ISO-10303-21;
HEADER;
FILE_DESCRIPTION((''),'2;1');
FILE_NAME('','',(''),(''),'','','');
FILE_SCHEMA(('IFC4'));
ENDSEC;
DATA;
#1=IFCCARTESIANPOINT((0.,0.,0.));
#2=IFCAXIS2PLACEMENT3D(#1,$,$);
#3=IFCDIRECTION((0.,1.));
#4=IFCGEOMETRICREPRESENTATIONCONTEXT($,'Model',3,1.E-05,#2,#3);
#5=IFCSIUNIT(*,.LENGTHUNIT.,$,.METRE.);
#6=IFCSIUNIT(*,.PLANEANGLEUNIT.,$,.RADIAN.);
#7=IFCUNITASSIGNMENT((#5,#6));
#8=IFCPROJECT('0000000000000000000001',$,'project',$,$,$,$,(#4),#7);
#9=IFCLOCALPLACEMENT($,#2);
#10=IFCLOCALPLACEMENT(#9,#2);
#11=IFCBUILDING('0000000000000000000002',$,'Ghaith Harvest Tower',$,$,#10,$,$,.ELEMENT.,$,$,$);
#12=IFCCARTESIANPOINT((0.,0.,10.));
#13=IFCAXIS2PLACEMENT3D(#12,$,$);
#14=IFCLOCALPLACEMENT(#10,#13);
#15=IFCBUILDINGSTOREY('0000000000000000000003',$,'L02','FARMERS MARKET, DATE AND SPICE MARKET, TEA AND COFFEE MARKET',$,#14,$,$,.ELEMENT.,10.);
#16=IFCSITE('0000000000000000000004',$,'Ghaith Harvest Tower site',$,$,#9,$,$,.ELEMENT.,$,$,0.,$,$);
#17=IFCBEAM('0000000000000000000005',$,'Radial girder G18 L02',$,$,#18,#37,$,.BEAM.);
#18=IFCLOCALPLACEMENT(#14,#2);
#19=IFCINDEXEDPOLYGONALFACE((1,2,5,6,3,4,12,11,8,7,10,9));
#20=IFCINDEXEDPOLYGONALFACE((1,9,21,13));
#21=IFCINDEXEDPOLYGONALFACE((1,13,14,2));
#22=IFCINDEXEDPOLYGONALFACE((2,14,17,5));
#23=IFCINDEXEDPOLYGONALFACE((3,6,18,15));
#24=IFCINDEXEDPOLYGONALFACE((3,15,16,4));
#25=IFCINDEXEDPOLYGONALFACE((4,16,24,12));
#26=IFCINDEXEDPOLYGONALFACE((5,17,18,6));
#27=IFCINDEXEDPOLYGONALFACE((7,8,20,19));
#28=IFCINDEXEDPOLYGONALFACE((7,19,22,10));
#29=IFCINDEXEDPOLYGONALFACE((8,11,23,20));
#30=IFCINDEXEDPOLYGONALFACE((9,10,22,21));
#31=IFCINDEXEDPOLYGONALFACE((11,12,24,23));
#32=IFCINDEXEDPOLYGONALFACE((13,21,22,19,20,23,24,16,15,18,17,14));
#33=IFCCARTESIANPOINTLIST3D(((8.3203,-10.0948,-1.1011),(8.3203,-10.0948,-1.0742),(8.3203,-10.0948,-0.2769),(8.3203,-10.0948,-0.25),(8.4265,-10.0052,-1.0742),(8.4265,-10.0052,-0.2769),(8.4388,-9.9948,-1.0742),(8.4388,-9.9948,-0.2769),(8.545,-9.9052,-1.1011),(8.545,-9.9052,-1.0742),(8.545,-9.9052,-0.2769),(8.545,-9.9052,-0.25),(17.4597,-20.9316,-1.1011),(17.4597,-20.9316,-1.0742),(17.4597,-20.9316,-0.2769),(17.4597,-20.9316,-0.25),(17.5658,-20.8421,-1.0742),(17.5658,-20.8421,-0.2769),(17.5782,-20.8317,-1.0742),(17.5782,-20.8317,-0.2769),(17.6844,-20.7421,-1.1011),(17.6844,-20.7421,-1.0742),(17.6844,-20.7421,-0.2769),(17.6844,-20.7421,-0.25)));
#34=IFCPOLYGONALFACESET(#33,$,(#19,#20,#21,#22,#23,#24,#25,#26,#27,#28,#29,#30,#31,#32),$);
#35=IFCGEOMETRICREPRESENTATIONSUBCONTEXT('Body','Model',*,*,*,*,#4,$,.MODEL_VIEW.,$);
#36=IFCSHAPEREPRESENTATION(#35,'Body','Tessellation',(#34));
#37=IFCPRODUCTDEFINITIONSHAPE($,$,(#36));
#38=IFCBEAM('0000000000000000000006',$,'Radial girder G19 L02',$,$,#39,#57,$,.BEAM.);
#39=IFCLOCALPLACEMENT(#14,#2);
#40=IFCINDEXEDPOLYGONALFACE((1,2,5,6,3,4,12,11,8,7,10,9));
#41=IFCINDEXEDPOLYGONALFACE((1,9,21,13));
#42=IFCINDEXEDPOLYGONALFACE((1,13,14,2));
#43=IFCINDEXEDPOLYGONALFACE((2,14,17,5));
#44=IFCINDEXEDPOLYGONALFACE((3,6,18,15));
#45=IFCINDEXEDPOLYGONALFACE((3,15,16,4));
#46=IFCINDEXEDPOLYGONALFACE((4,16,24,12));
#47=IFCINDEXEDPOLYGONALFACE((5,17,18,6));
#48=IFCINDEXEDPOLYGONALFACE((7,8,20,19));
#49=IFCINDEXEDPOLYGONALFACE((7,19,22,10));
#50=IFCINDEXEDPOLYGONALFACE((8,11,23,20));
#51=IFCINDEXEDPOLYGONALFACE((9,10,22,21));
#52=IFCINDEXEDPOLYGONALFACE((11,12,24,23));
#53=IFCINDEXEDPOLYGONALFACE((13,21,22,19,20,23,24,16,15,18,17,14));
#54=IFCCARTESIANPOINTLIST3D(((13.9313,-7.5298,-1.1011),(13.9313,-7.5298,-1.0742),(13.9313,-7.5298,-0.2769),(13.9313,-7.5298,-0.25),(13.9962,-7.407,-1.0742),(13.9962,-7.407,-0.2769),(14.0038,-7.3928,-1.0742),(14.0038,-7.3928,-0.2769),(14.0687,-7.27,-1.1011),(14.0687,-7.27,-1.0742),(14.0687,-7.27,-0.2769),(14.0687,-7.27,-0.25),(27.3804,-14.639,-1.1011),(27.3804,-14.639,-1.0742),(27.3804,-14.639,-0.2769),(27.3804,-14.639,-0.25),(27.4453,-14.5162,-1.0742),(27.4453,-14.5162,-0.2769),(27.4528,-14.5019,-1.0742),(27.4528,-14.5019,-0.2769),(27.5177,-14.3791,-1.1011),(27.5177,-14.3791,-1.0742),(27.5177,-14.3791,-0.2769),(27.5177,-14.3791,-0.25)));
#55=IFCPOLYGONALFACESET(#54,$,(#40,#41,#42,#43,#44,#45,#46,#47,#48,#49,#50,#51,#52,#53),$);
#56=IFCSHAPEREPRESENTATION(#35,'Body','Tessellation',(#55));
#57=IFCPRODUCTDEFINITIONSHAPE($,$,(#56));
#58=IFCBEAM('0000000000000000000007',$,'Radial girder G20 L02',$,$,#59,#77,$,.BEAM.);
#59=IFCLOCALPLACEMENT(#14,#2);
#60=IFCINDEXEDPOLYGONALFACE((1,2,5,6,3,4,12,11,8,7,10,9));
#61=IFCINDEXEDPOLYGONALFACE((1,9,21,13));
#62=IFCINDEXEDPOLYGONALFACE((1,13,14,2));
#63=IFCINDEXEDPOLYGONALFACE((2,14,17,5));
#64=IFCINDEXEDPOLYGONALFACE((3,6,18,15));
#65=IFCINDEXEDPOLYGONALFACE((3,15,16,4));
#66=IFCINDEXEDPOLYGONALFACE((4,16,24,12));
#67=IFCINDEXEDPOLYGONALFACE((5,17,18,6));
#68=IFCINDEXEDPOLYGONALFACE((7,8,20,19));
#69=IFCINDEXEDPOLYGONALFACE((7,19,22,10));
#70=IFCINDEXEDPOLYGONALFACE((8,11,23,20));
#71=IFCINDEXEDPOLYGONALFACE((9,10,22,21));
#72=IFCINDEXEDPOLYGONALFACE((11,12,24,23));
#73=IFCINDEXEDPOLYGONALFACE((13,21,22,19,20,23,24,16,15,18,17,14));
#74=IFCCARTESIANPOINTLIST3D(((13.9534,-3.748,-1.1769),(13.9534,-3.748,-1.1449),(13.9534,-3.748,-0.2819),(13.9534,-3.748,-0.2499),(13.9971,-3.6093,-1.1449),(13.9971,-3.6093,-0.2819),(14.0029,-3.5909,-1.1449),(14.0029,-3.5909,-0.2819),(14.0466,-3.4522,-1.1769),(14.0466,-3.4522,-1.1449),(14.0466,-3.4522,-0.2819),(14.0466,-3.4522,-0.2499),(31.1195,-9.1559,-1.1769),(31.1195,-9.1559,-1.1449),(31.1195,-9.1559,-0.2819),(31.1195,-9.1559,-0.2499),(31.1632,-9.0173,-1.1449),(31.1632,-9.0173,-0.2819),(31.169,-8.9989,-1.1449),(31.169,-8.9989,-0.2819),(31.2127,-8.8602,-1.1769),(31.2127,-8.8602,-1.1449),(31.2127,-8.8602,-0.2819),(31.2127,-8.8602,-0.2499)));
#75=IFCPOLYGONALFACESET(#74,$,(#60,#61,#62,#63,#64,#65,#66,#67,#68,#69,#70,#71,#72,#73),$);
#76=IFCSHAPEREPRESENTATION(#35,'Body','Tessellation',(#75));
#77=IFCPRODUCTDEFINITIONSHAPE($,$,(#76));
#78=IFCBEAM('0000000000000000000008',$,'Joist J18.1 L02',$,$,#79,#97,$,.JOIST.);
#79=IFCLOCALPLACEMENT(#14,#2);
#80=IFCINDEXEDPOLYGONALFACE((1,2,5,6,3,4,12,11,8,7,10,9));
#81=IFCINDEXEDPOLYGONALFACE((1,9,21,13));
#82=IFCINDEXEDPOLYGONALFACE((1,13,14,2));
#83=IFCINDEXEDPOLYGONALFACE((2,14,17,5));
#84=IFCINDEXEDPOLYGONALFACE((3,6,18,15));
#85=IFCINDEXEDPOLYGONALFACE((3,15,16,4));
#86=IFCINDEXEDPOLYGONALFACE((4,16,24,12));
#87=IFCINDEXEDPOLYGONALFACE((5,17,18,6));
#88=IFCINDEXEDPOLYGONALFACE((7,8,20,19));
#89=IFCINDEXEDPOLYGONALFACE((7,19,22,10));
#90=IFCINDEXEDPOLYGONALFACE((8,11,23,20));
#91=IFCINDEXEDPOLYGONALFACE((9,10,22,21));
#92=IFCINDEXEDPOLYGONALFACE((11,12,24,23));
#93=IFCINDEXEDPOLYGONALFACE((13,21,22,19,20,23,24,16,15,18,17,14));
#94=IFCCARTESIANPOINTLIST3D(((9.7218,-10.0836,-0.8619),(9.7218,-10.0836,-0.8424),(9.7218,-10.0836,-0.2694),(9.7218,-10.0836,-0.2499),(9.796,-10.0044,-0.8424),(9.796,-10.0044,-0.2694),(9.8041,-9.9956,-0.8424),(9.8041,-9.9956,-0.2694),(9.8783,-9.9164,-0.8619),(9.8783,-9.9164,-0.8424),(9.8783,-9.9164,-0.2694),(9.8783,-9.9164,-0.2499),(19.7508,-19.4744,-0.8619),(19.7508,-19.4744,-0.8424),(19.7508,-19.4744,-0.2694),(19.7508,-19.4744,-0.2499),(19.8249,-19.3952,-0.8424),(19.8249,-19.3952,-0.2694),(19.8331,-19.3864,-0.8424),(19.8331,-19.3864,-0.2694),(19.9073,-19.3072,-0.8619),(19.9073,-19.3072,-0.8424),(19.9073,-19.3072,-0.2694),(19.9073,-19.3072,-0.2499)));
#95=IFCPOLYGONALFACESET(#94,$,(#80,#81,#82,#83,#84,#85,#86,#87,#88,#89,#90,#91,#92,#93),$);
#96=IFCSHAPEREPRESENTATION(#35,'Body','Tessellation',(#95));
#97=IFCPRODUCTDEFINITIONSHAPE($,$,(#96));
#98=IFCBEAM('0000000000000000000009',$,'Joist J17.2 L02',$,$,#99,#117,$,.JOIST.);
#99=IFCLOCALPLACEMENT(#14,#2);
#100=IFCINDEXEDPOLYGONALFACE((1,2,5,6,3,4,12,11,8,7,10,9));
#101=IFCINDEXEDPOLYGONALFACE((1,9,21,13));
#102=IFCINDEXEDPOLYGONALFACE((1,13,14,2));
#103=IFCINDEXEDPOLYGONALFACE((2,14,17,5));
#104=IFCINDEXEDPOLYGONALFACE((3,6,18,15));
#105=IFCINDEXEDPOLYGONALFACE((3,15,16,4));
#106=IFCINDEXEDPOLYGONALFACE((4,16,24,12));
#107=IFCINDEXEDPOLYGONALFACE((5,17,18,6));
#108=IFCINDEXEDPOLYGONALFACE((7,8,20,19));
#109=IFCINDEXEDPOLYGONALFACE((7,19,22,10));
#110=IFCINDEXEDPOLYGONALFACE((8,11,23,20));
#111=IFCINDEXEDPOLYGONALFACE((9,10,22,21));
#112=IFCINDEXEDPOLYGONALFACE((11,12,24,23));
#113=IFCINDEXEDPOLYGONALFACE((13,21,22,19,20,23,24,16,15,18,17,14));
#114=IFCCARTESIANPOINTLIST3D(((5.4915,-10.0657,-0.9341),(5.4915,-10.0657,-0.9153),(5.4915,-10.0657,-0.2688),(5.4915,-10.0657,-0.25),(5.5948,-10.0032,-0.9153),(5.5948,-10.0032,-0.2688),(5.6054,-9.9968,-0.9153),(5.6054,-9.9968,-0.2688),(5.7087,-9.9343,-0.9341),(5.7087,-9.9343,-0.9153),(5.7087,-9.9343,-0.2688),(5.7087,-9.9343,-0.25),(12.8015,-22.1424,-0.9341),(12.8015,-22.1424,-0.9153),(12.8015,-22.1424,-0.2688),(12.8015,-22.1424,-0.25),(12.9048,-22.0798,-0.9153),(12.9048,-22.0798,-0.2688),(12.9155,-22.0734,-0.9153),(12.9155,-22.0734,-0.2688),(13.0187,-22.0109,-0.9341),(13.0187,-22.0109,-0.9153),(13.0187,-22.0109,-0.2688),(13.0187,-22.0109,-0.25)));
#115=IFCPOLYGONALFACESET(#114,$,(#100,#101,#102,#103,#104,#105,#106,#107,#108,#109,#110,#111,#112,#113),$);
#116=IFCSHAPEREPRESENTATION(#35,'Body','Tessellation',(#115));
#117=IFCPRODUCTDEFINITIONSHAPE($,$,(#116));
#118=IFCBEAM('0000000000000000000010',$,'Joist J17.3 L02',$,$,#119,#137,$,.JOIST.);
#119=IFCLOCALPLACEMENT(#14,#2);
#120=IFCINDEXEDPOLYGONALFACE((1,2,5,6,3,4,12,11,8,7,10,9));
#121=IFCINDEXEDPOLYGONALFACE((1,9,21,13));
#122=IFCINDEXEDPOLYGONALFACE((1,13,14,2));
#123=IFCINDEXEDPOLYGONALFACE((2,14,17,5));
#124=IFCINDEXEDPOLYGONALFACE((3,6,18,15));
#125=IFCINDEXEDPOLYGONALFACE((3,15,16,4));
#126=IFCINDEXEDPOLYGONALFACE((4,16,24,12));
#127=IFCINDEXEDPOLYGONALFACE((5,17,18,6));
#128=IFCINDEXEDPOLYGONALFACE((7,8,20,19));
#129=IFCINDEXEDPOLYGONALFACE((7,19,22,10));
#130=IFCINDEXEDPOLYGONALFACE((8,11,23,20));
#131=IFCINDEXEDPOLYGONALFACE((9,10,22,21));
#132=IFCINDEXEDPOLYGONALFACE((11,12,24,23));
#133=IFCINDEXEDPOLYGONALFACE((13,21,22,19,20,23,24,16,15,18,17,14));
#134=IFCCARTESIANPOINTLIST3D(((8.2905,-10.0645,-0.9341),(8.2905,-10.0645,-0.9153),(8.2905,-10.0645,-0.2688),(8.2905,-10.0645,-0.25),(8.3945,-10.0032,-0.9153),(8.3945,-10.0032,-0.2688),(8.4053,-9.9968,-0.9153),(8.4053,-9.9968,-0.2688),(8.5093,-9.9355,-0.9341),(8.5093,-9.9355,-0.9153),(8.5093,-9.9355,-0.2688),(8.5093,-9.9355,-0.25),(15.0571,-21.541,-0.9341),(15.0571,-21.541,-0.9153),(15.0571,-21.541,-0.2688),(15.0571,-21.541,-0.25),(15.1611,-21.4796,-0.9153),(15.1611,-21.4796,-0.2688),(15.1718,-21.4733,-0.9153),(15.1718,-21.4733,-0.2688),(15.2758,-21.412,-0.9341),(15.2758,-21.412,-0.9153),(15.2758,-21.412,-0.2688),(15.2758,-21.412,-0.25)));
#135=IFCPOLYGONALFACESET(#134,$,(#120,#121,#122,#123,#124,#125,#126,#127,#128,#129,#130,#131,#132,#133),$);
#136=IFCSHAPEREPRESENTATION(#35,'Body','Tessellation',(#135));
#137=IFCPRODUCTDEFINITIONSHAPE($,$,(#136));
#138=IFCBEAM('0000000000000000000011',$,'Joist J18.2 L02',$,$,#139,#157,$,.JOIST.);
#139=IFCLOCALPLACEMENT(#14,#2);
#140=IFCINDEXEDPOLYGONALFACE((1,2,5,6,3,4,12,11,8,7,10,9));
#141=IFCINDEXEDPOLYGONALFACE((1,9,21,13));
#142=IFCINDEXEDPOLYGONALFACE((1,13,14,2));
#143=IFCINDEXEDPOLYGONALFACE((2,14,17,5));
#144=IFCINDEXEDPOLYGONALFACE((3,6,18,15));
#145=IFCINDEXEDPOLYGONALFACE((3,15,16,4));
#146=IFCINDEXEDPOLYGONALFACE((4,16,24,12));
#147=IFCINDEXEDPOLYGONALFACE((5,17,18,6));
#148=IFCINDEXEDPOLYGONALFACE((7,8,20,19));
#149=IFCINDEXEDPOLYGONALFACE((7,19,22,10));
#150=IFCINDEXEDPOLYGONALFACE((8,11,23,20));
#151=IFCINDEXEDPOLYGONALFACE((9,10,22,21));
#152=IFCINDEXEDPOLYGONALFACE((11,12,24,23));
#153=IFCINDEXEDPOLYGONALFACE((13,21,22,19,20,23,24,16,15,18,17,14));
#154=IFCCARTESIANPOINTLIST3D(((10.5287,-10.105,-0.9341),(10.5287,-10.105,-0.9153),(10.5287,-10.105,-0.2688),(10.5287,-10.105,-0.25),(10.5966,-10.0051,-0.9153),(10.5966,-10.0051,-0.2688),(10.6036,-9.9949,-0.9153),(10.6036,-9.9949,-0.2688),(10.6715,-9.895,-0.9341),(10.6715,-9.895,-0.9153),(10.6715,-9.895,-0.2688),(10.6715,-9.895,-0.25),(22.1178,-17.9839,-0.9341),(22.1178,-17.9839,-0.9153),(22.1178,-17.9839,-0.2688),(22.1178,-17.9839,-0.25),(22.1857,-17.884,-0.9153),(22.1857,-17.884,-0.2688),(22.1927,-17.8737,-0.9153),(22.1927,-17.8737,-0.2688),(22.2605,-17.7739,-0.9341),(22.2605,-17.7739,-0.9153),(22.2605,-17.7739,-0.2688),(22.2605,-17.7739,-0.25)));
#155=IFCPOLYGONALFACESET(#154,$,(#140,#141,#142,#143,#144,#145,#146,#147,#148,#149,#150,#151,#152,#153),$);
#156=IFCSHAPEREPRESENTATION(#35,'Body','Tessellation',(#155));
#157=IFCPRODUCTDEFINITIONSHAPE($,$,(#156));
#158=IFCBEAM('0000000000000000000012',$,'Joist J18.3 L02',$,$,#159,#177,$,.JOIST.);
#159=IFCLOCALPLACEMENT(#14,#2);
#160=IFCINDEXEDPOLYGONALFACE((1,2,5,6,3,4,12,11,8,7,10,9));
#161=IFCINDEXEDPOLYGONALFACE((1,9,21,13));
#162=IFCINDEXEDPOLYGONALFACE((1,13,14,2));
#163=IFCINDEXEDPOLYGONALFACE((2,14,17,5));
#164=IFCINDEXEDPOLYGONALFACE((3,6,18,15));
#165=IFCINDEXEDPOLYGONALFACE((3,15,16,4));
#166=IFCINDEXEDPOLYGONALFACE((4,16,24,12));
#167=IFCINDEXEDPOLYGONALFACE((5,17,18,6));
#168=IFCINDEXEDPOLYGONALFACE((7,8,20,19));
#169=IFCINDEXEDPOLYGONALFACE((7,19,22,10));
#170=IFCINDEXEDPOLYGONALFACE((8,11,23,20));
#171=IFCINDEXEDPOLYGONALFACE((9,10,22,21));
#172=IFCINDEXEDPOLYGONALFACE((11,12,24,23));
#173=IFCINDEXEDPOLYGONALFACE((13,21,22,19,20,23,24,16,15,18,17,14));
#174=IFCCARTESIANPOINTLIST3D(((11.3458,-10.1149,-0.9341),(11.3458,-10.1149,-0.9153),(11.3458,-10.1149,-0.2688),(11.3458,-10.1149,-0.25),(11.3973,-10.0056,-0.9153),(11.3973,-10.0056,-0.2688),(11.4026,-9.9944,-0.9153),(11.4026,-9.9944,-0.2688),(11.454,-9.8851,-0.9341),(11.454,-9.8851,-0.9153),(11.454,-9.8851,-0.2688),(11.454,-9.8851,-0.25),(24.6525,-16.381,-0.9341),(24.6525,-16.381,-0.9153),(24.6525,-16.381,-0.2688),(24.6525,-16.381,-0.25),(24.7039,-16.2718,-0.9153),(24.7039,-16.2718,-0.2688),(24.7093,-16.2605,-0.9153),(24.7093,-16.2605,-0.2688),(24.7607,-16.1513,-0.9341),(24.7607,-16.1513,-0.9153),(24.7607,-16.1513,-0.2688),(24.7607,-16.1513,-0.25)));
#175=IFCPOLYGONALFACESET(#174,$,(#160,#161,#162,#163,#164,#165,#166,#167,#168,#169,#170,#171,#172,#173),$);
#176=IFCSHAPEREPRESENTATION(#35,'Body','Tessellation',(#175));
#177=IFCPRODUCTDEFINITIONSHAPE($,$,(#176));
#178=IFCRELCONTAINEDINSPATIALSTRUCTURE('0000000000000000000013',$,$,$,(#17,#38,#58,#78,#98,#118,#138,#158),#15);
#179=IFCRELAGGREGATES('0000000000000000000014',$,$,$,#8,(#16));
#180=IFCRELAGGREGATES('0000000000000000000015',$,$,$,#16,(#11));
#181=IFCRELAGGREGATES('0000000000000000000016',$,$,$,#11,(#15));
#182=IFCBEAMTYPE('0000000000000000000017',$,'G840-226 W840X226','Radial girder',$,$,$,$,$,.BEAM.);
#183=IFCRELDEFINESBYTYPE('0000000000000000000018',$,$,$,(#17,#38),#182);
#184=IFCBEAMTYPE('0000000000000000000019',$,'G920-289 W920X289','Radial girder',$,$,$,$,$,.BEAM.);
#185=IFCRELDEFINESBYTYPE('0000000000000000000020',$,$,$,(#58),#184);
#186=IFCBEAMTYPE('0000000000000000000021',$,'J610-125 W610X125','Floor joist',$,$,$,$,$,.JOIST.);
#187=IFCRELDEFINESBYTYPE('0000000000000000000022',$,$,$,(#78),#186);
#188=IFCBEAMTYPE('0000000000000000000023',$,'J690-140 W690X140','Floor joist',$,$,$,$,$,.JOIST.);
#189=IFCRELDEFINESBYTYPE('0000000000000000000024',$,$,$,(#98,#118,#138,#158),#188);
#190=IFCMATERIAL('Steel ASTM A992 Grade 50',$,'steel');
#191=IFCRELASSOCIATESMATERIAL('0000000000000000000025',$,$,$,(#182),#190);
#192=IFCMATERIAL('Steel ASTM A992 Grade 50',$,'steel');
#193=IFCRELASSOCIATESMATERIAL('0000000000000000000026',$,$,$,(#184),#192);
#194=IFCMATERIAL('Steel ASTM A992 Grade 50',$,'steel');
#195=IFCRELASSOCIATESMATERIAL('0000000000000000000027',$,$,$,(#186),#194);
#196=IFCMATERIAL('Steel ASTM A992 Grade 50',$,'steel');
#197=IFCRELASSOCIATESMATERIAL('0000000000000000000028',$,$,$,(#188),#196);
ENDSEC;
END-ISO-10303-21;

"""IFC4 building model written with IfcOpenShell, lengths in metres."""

from ifc_helpers import new_model, si_unit, direction, frame, origin, origin_2d, place, context, subcontext, project, spatial, i_section, extrude, material, material_profile, profile_set, type_object, element, save


model = new_model("IFC4")

# Units and contexts
model_context = context("Model", 3, precision=1e-05, world=origin(), true_north=direction((0.0, 1.0)))
body_context = subcontext(model_context, "Body", "Model", "MODEL_VIEW")
ifc_project = project(units=[si_unit("LENGTHUNIT", "METRE"), si_unit("PLANEANGLEUNIT", "RADIAN")], contexts=[model_context])

# Site, building, storey
site_placement = place(None, origin())
site = spatial("IfcSite", under=ifc_project, at=site_placement, Name="Ghaith Harvest Tower site", CompositionType="ELEMENT", RefElevation=0.0)
building_placement = place(site_placement, origin())
building = spatial("IfcBuilding", under=site, at=building_placement, Name="Ghaith Harvest Tower", CompositionType="ELEMENT")
storey_placement = place(building_placement, frame((0.0, 0.0, 10.0)))
storey = spatial("IfcBuildingStorey", under=building, at=storey_placement, Name="L02", Description="FARMERS MARKET, DATE AND SPICE MARKET, TEA AND COFFEE MARKET", CompositionType="ELEMENT", Elevation=10.0)

# Beams
ifc_material_1 = material(Name="Steel ASTM A992 Grade 50", Category="steel")
ifc_material_profile_1 = material_profile(ifc_material_1, i_section(OverallWidth=0.2939, OverallDepth=0.8511, WebThickness=0.0161, FlangeThickness=0.0269, at=origin_2d()), Name="W840X226")
ifc_profile_set_1 = profile_set([ifc_material_profile_1], Name="Steel ASTM A992 Grade 50")
beam_type_1 = type_object("IfcBeamType", Name="G840-226 W840X226", Description="Radial girder", PredefinedType="BEAM", material=ifc_profile_set_1)
beam_1_placement = place(storey_placement, frame((8.4326, -10.0, -0.6755), z_axis=(0.644696, -0.764439, 0.0), x_axis=(0.764439, 0.644696, 0.0)))
element("IfcBeam", 1, at=beam_1_placement, inside=storey, type_object=beam_type_1, Name="Radial girder G18 L02", PredefinedType="BEAM", context=body_context, shape_type="SweptSolid", body=[
    extrude(i_section(OverallWidth=0.2939, OverallDepth=0.8511, WebThickness=0.0161, FlangeThickness=0.0269, at=origin_2d()), origin(), (0.0, 0.0, 1.0), 14.1763),
])
beam_2_placement = place(storey_placement, frame((14.0, -7.3999, -0.6755), z_axis=(0.884084, -0.467327, 0.0), x_axis=(0.467327, 0.884084, 0.0)))
element("IfcBeam", 2, at=beam_2_placement, inside=storey, type_object=beam_type_1, Name="Radial girder G19 L02", PredefinedType="BEAM", context=body_context, shape_type="SweptSolid", body=[
    extrude(i_section(OverallWidth=0.2939, OverallDepth=0.8511, WebThickness=0.0161, FlangeThickness=0.0269, at=origin_2d()), origin(), (0.0, 0.0, 1.0), 15.2124),
])
ifc_material_2 = material(Name="Steel ASTM A992 Grade 50", Category="steel")
ifc_material_profile_2 = material_profile(ifc_material_2, i_section(OverallWidth=0.3101, OverallDepth=0.927, WebThickness=0.0193, FlangeThickness=0.032, at=origin_2d()), Name="W920X289")
ifc_profile_set_2 = profile_set([ifc_material_profile_2], Name="Steel ASTM A992 Grade 50")
beam_type_2 = type_object("IfcBeamType", Name="G920-289 W920X289", Description="Radial girder", PredefinedType="BEAM", material=ifc_profile_set_2)
beam_3_placement = place(storey_placement, frame((14.0, -3.6001, -0.7134), z_axis=(0.953788, -0.30048, 0.0), x_axis=(0.30048, 0.953788, 0.0)))
element("IfcBeam", 3, at=beam_3_placement, inside=storey, type_object=beam_type_2, Name="Radial girder G20 L02", PredefinedType="BEAM", context=body_context, shape_type="SweptSolid", body=[
    extrude(i_section(OverallWidth=0.3101, OverallDepth=0.927, WebThickness=0.0193, FlangeThickness=0.032, at=origin_2d()), origin(), (0.0, 0.0, 1.0), 17.9978),
])
ifc_material_3 = material(Name="Steel ASTM A992 Grade 50", Category="steel")
ifc_material_profile_3 = material_profile(ifc_material_3, i_section(OverallWidth=0.229, OverallDepth=0.6121, WebThickness=0.012, FlangeThickness=0.0195, at=origin_2d()), Name="W610X125")
ifc_profile_set_3 = profile_set([ifc_material_profile_3], Name="Steel ASTM A992 Grade 50")
beam_type_3 = type_object("IfcBeamType", Name="J610-125 W610X125", Description="Floor joist", PredefinedType="JOIST", material=ifc_profile_set_3)
beam_4_placement = place(storey_placement, frame((9.8, -10.0, -0.5559), z_axis=(0.72995, -0.683501, 0.0), x_axis=(0.683501, 0.72995, 0.0)))
element("IfcBeam", 4, at=beam_4_placement, inside=storey, type_object=beam_type_3, Name="Joist J18.1 L02", PredefinedType="JOIST", context=body_context, shape_type="SweptSolid", body=[
    extrude(i_section(OverallWidth=0.229, OverallDepth=0.6121, WebThickness=0.012, FlangeThickness=0.0195, at=origin_2d()), origin(), (0.0, 0.0, 1.0), 13.7393),
])
ifc_material_4 = material(Name="Steel ASTM A992 Grade 50", Category="steel")
ifc_material_profile_4 = material_profile(ifc_material_4, i_section(OverallWidth=0.2539, OverallDepth=0.6841, WebThickness=0.0125, FlangeThickness=0.0188, at=origin_2d()), Name="W690X140")
ifc_profile_set_4 = profile_set([ifc_material_profile_4], Name="Steel ASTM A992 Grade 50")
beam_type_4 = type_object("IfcBeamType", Name="J690-140 W690X140", Description="Floor joist", PredefinedType="JOIST", material=ifc_profile_set_4)
beam_5_placement = place(storey_placement, frame((5.6001, -10.0, -0.592), z_axis=(0.517829, -0.855484, 0.0), x_axis=(0.855484, 0.517829, 0.0)))
element("IfcBeam", 5, at=beam_5_placement, inside=storey, type_object=beam_type_4, Name="Joist J17.2 L02", PredefinedType="JOIST", context=body_context, shape_type="SweptSolid", body=[
    extrude(i_section(OverallWidth=0.2539, OverallDepth=0.6841, WebThickness=0.0125, FlangeThickness=0.0188, at=origin_2d()), origin(), (0.0, 0.0, 1.0), 14.1167),
])
beam_6_placement = place(storey_placement, frame((8.3999, -10.0, -0.592), z_axis=(0.507894, -0.861419, 0.0), x_axis=(0.861419, 0.507894, 0.0)))
element("IfcBeam", 6, at=beam_6_placement, inside=storey, type_object=beam_type_4, Name="Joist J17.3 L02", PredefinedType="JOIST", context=body_context, shape_type="SweptSolid", body=[
    extrude(i_section(OverallWidth=0.2539, OverallDepth=0.6841, WebThickness=0.0125, FlangeThickness=0.0188, at=origin_2d()), origin(), (0.0, 0.0, 1.0), 13.3228),
])
beam_7_placement = place(storey_placement, frame((10.6001, -10.0, -0.592), z_axis=(0.826983, -0.562228, 0.0), x_axis=(0.562228, 0.826983, 0.0)))
element("IfcBeam", 7, at=beam_7_placement, inside=storey, type_object=beam_type_4, Name="Joist J18.2 L02", PredefinedType="JOIST", context=body_context, shape_type="SweptSolid", body=[
    extrude(i_section(OverallWidth=0.2539, OverallDepth=0.6841, WebThickness=0.0125, FlangeThickness=0.0188, at=origin_2d()), origin(), (0.0, 0.0, 1.0), 14.0137),
])
beam_8_placement = place(storey_placement, frame((11.3999, -10.0, -0.592), z_axis=(0.90471, -0.426029, 0.0), x_axis=(0.426029, 0.90471, 0.0)))
element("IfcBeam", 8, at=beam_8_placement, inside=storey, type_object=beam_type_4, Name="Joist J18.3 L02", PredefinedType="JOIST", context=body_context, shape_type="SweptSolid", body=[
    extrude(i_section(OverallWidth=0.2539, OverallDepth=0.6841, WebThickness=0.0125, FlangeThickness=0.0188, at=origin_2d()), origin(), (0.0, 0.0, 1.0), 14.7083),
])

save(model, "model.ifc")
